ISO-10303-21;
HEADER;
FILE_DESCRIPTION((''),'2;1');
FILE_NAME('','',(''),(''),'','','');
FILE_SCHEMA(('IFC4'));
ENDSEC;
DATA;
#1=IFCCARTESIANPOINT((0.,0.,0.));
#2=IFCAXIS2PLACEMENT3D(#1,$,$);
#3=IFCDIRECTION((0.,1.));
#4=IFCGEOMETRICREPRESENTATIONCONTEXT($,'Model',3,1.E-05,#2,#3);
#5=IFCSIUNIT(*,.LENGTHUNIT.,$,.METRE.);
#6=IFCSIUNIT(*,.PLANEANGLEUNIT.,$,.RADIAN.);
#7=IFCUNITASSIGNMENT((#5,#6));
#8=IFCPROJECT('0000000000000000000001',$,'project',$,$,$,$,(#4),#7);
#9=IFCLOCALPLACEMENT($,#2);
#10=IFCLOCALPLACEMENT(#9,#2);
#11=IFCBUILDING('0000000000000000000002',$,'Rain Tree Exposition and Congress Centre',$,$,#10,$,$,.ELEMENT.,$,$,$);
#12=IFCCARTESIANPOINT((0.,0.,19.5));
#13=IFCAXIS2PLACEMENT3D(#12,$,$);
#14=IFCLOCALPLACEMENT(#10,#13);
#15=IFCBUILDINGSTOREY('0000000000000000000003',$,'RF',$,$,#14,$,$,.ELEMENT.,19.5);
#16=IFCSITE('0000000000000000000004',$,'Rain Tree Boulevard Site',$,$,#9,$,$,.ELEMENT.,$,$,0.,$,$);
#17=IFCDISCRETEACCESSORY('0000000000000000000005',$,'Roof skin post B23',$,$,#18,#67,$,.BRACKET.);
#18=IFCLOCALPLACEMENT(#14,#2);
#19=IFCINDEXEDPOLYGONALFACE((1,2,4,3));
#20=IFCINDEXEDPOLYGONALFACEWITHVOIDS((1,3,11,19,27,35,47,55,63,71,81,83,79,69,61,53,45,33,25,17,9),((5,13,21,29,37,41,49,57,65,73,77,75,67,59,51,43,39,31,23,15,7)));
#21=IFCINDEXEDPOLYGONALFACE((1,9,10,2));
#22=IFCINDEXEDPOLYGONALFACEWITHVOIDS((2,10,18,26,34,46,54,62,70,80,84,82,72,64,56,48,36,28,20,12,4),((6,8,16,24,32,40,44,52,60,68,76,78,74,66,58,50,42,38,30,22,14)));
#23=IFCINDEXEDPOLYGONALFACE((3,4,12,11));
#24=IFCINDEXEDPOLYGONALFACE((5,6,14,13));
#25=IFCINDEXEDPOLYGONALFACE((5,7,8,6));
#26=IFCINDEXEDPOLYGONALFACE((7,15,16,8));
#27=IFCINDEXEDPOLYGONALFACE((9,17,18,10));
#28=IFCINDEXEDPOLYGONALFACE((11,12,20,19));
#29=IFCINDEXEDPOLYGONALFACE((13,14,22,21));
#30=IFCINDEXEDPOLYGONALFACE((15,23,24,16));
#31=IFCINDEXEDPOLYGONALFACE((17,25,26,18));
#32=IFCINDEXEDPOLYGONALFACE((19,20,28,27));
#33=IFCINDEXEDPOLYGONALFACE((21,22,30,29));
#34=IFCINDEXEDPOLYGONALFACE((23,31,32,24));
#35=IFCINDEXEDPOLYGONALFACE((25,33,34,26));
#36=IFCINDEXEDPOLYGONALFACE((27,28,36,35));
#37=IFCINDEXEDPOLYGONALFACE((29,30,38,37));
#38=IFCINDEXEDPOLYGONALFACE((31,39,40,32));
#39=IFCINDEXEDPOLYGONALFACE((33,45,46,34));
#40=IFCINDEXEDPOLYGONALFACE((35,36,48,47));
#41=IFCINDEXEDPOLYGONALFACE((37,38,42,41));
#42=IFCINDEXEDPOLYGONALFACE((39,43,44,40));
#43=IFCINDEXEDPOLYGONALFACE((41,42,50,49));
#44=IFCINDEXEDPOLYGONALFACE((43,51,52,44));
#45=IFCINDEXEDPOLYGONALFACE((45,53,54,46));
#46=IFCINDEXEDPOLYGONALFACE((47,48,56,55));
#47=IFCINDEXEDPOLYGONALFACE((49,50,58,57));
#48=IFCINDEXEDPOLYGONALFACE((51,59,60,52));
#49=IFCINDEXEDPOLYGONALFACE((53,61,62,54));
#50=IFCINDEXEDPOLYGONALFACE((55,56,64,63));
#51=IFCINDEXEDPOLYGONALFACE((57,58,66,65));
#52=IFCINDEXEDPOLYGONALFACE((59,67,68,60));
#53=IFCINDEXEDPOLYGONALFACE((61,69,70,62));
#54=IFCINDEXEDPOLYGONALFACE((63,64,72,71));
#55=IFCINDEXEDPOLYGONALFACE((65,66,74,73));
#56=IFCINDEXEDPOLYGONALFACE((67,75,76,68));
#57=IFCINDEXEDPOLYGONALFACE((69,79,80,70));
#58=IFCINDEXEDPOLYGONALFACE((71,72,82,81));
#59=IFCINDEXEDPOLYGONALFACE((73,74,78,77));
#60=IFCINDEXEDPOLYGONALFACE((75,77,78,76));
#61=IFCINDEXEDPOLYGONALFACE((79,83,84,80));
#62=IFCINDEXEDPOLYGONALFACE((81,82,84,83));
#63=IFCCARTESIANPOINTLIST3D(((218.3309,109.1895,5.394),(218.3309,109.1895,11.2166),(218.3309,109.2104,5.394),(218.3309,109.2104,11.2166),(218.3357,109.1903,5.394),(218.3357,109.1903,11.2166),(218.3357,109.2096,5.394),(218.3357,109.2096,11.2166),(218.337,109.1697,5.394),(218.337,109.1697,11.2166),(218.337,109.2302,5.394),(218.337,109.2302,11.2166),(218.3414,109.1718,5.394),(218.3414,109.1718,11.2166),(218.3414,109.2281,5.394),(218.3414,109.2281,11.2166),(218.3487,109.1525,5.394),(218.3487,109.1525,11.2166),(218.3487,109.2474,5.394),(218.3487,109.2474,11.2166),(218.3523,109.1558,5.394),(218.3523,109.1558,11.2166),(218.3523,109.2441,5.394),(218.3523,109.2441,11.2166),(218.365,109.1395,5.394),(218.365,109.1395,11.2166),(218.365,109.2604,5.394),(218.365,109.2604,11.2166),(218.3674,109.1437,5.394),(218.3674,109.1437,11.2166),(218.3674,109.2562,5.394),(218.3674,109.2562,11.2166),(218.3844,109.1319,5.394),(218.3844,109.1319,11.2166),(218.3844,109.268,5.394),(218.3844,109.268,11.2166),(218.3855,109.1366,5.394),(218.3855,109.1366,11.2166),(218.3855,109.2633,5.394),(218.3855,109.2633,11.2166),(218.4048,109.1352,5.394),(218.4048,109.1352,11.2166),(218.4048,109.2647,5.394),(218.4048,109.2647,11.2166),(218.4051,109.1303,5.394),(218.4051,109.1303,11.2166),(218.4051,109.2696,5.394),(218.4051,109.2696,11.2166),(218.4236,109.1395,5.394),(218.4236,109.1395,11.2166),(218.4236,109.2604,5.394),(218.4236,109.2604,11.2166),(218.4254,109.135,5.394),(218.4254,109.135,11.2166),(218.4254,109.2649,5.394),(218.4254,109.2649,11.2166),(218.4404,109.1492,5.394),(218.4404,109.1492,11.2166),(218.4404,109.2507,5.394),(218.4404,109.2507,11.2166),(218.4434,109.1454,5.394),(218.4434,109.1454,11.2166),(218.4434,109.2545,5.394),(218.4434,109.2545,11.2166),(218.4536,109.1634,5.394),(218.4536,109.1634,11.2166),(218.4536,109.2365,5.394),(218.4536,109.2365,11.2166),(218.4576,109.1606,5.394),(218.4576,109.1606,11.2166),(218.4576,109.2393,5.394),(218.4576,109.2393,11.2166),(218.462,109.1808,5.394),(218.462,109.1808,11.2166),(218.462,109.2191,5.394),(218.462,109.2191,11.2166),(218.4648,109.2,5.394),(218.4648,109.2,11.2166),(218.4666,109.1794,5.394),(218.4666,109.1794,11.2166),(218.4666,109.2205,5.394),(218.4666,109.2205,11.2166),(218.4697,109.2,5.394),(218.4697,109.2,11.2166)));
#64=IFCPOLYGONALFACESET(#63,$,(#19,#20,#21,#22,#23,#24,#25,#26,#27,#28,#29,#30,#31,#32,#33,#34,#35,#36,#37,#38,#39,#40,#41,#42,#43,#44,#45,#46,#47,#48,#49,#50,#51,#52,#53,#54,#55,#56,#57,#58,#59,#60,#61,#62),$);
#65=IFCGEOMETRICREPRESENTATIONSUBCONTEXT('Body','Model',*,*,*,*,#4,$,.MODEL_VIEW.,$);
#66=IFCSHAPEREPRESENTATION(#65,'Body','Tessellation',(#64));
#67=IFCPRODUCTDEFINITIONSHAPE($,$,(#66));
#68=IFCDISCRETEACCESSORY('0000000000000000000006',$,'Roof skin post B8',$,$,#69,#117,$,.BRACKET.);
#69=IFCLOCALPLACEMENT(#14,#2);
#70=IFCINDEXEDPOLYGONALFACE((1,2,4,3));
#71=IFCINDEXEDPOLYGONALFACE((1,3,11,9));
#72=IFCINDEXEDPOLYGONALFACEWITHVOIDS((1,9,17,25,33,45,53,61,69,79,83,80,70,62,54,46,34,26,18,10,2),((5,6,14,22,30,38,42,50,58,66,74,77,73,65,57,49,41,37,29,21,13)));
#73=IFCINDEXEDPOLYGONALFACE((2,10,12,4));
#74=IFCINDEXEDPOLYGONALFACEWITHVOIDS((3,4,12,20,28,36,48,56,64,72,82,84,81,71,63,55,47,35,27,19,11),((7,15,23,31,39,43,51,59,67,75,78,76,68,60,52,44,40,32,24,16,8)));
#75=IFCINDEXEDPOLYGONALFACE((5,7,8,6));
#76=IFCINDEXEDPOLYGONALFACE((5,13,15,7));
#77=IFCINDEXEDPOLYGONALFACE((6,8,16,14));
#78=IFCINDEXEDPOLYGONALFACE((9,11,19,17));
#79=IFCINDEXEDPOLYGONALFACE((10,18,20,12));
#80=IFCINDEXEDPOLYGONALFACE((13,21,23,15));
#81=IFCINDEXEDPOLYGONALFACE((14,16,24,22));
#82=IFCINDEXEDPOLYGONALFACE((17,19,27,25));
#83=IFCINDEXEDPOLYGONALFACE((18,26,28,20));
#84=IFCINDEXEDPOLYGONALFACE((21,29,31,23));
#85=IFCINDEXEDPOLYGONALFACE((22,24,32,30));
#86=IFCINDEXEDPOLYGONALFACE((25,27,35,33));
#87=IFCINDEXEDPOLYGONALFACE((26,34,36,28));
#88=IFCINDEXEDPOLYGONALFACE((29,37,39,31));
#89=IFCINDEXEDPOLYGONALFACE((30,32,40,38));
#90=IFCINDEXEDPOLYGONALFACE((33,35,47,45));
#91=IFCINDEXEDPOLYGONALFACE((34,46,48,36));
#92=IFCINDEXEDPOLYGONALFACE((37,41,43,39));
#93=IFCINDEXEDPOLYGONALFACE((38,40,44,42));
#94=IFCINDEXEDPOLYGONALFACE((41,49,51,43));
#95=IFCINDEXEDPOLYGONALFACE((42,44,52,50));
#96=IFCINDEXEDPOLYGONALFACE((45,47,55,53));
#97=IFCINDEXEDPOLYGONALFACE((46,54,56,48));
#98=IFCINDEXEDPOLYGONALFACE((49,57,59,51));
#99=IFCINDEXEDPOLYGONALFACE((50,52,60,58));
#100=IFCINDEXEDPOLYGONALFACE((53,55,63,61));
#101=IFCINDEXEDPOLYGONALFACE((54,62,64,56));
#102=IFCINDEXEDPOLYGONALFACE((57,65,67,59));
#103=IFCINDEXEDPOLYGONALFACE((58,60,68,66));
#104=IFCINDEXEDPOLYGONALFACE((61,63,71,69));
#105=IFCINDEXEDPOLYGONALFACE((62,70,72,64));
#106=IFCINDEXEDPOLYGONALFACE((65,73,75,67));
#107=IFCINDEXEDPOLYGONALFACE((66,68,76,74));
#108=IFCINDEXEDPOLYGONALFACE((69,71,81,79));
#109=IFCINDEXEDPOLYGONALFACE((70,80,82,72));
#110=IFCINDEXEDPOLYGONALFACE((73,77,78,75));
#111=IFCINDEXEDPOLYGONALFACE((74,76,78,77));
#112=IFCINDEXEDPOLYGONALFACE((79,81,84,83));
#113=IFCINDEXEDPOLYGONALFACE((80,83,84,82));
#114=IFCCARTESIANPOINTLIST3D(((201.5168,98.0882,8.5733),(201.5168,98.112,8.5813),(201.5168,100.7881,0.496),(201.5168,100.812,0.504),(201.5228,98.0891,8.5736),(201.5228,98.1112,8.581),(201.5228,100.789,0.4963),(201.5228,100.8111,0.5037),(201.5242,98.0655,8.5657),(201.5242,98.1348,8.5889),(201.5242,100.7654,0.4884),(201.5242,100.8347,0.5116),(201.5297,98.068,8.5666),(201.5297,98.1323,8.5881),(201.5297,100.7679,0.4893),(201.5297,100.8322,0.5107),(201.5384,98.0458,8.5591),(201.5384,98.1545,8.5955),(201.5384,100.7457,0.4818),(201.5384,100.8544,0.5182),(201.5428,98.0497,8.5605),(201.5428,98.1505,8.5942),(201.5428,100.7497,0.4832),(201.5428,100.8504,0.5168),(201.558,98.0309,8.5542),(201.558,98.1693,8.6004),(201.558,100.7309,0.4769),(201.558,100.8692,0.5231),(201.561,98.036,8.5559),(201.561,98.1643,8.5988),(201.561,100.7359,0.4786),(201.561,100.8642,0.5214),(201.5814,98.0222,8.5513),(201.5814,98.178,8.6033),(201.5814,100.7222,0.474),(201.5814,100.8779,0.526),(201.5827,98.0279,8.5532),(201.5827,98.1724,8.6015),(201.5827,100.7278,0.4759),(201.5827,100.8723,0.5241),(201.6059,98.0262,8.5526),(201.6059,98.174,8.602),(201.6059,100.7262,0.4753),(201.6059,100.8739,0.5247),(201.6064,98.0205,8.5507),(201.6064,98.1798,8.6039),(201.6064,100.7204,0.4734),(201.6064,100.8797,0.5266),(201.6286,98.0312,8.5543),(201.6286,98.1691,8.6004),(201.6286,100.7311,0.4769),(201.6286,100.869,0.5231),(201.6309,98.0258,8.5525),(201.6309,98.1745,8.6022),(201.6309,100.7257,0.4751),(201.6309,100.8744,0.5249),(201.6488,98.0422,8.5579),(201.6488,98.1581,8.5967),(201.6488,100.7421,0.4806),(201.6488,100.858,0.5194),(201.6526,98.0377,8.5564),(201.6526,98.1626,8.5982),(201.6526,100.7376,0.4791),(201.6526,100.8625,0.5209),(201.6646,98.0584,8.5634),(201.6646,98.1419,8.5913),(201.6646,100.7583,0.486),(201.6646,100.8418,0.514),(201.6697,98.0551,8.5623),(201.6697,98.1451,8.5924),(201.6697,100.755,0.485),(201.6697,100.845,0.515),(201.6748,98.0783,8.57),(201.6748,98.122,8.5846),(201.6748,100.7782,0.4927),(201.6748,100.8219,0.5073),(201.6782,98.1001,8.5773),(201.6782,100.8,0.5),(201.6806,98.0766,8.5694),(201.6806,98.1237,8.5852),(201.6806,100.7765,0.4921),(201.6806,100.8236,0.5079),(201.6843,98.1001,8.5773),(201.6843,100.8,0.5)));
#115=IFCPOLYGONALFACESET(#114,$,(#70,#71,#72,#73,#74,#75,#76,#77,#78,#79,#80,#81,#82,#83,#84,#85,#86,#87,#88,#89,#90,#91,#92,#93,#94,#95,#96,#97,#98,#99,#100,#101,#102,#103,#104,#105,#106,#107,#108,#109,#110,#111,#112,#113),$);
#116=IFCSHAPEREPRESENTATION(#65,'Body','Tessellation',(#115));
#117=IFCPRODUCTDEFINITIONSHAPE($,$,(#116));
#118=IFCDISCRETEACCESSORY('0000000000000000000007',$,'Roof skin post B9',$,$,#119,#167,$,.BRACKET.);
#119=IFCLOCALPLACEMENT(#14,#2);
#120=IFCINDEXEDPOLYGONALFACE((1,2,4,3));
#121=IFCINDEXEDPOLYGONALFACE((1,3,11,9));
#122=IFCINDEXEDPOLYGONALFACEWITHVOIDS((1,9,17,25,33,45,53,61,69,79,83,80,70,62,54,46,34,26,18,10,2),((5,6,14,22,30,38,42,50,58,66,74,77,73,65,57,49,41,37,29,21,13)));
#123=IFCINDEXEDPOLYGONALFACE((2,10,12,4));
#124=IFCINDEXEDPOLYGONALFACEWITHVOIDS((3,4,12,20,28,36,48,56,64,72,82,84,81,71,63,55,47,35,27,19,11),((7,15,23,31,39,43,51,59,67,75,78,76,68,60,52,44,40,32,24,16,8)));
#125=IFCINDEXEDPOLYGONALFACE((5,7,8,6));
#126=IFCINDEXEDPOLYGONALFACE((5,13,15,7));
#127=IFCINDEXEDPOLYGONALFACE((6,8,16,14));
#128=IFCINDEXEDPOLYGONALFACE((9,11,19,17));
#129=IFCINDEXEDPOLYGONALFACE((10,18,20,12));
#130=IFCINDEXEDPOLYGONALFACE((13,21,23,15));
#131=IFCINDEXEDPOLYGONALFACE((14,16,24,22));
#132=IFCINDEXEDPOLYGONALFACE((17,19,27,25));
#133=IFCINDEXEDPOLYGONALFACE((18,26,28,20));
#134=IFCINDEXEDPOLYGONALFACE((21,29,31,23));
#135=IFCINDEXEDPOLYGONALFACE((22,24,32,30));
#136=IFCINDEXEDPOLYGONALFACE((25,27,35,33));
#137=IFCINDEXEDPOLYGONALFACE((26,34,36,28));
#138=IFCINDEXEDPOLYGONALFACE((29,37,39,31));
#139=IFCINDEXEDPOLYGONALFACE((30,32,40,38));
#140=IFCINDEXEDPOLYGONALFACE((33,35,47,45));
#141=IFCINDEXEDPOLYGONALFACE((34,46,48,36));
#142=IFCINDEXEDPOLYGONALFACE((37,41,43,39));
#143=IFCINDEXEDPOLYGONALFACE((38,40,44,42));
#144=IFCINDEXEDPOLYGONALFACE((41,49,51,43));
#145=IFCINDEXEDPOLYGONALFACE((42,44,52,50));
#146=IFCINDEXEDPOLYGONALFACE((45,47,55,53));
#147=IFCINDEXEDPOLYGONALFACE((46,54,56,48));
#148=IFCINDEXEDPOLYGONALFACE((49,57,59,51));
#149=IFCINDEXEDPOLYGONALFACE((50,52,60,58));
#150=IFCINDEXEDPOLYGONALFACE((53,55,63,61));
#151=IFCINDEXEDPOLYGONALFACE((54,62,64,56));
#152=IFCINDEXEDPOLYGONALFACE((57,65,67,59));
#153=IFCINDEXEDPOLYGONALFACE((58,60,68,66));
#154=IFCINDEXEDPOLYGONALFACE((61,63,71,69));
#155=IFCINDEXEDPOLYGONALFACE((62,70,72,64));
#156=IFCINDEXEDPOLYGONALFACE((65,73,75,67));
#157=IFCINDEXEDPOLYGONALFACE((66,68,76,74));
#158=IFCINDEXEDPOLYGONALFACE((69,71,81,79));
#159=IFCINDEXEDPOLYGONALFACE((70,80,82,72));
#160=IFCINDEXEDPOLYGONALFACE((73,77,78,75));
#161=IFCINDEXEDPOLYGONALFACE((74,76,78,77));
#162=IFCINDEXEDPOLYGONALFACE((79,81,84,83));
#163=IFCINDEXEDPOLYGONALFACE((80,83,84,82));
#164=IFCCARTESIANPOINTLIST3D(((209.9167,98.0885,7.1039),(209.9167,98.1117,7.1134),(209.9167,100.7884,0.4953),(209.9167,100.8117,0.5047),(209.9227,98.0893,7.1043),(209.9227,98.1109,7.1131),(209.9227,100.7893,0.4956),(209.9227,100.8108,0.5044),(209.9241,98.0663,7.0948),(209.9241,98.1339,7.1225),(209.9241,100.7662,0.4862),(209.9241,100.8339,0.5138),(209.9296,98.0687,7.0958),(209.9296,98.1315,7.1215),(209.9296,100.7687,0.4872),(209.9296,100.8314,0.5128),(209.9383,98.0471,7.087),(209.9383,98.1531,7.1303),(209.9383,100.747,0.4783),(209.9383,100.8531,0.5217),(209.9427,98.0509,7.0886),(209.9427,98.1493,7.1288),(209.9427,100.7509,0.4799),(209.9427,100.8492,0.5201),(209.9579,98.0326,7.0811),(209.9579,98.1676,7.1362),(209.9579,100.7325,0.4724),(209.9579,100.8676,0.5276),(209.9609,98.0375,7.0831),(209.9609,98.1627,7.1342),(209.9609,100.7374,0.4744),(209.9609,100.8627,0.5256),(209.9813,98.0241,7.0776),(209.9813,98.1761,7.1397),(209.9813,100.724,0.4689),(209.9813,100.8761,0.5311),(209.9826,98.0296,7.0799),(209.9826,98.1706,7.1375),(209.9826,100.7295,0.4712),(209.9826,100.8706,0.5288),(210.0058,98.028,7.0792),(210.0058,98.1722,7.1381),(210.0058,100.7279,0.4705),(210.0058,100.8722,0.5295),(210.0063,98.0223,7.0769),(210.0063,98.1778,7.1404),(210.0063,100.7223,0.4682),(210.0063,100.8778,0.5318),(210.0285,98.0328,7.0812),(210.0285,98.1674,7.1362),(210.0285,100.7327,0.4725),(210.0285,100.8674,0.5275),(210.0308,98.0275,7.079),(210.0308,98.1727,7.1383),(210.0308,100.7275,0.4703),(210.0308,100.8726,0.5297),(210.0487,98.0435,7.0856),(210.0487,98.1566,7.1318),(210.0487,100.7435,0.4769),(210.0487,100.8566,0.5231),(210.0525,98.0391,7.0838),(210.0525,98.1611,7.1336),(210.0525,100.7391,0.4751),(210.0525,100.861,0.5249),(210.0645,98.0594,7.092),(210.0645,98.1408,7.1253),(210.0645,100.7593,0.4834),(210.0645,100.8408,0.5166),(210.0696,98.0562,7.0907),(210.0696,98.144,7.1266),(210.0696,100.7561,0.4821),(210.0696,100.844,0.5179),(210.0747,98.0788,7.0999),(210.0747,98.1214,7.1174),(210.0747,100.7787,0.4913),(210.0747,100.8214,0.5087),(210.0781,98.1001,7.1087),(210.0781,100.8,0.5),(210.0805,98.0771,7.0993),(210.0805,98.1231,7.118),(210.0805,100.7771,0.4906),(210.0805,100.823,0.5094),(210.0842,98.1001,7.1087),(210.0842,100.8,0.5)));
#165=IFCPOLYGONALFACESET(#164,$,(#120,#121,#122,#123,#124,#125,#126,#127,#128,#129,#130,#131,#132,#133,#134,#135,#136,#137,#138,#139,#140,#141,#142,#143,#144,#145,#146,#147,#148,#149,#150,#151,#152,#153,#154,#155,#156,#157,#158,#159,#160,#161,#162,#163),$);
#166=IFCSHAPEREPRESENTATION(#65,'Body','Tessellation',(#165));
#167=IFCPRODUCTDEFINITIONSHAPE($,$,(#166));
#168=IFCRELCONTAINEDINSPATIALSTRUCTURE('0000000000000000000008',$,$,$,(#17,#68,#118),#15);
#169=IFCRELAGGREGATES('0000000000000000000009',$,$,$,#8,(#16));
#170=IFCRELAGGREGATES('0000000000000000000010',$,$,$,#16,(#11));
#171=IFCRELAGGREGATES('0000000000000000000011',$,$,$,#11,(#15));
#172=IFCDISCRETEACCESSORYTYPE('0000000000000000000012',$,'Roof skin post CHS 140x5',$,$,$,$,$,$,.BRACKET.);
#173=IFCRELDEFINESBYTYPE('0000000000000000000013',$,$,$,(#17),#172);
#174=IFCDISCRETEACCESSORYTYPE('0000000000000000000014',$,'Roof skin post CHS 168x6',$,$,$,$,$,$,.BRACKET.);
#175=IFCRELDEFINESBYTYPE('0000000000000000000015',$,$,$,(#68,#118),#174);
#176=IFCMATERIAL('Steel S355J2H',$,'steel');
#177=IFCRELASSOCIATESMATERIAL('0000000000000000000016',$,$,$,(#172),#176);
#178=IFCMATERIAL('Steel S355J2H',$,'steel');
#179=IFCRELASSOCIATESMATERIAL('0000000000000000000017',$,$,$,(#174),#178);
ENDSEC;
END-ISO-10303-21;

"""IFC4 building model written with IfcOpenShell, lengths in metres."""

from ifc_helpers import new_model, si_unit, direction, frame, origin, origin_2d, place, context, subcontext, project, spatial, hollow_circle, extrude, material, material_profile, profile_set, type_object, element, save


model = new_model("IFC4")

# Units and contexts
model_context = context("Model", 3, precision=1e-05, world=origin(), true_north=direction((0.0, 1.0)))
body_context = subcontext(model_context, "Body", "Model", "MODEL_VIEW")
ifc_project = project(units=[si_unit("LENGTHUNIT", "METRE"), si_unit("PLANEANGLEUNIT", "RADIAN")], contexts=[model_context])

# Site, building, storey
site_placement = place(None, origin())
site = spatial("IfcSite", under=ifc_project, at=site_placement, Name="Rain Tree Boulevard Site", CompositionType="ELEMENT", RefElevation=0.0)
building_placement = place(site_placement, origin())
building = spatial("IfcBuilding", under=site, at=building_placement, Name="Rain Tree Exposition and Congress Centre", CompositionType="ELEMENT")
storey_placement = place(building_placement, frame((0.0, 0.0, 19.5)))
storey = spatial("IfcBuildingStorey", under=building, at=storey_placement, Name="RF", CompositionType="ELEMENT", Elevation=19.5)

# Discrete accessories
ifc_material_1 = material(Name="Steel S355J2H", Category="steel")
ifc_material_profile_1 = material_profile(ifc_material_1, hollow_circle(Radius=0.0698, WallThickness=0.0049, at=origin_2d()), Name="CHS 140x5")
ifc_profile_set_1 = profile_set([ifc_material_profile_1], Name="Steel S355J2H")
discrete_accessory_type_1 = type_object("IfcDiscreteAccessoryType", Name="Roof skin post CHS 140x5", PredefinedType="BRACKET", material=ifc_profile_set_1)
discrete_accessory_1_placement = place(storey_placement, frame((218.3999, 109.2, 5.394), z_axis=(0.0, 0.0, 1.0), x_axis=(1.0, 0.0, 0.0)))
element("IfcDiscreteAccessory", 1, at=discrete_accessory_1_placement, inside=storey, type_object=discrete_accessory_type_1, Name="Roof skin post B23", PredefinedType="BRACKET", context=body_context, shape_type="SweptSolid", body=[
    extrude(hollow_circle(Radius=0.0698, WallThickness=0.0049, at=origin_2d()), origin(), (0.0, 0.0, 1.0), 5.8225),
])
ifc_material_2 = material(Name="Steel S355J2H", Category="steel")
ifc_material_profile_2 = material_profile(ifc_material_2, hollow_circle(Radius=0.0842, WallThickness=0.0061, at=origin_2d()), Name="CHS 168x6")
ifc_profile_set_2 = profile_set([ifc_material_profile_2], Name="Steel S355J2H")
discrete_accessory_type_2 = type_object("IfcDiscreteAccessoryType", Name="Roof skin post CHS 168x6", PredefinedType="BRACKET", material=ifc_profile_set_2)
discrete_accessory_2_placement = place(storey_placement, frame((201.6001, 100.8, 0.5), z_axis=(0.0, -0.317019, 0.948419), x_axis=(1.0, 0.0, 0.0)))
element("IfcDiscreteAccessory", 2, at=discrete_accessory_2_placement, inside=storey, type_object=discrete_accessory_type_2, Name="Roof skin post B8", PredefinedType="BRACKET", context=body_context, shape_type="SweptSolid", body=[
    extrude(hollow_circle(Radius=0.0842, WallThickness=0.0061, at=origin_2d()), origin(), (0.0, 0.0, 1.0), 8.5166),
])
discrete_accessory_3_placement = place(storey_placement, frame((210.0, 100.8, 0.5), z_axis=(0.0, -0.378203, 0.925723), x_axis=(1.0, 0.0, 0.0)))
element("IfcDiscreteAccessory", 3, at=discrete_accessory_3_placement, inside=storey, type_object=discrete_accessory_type_2, Name="Roof skin post B9", PredefinedType="BRACKET", context=body_context, shape_type="SweptSolid", body=[
    extrude(hollow_circle(Radius=0.0842, WallThickness=0.0061, at=origin_2d()), origin(), (0.0, 0.0, 1.0), 7.1389),
])

save(model, "model.ifc")
